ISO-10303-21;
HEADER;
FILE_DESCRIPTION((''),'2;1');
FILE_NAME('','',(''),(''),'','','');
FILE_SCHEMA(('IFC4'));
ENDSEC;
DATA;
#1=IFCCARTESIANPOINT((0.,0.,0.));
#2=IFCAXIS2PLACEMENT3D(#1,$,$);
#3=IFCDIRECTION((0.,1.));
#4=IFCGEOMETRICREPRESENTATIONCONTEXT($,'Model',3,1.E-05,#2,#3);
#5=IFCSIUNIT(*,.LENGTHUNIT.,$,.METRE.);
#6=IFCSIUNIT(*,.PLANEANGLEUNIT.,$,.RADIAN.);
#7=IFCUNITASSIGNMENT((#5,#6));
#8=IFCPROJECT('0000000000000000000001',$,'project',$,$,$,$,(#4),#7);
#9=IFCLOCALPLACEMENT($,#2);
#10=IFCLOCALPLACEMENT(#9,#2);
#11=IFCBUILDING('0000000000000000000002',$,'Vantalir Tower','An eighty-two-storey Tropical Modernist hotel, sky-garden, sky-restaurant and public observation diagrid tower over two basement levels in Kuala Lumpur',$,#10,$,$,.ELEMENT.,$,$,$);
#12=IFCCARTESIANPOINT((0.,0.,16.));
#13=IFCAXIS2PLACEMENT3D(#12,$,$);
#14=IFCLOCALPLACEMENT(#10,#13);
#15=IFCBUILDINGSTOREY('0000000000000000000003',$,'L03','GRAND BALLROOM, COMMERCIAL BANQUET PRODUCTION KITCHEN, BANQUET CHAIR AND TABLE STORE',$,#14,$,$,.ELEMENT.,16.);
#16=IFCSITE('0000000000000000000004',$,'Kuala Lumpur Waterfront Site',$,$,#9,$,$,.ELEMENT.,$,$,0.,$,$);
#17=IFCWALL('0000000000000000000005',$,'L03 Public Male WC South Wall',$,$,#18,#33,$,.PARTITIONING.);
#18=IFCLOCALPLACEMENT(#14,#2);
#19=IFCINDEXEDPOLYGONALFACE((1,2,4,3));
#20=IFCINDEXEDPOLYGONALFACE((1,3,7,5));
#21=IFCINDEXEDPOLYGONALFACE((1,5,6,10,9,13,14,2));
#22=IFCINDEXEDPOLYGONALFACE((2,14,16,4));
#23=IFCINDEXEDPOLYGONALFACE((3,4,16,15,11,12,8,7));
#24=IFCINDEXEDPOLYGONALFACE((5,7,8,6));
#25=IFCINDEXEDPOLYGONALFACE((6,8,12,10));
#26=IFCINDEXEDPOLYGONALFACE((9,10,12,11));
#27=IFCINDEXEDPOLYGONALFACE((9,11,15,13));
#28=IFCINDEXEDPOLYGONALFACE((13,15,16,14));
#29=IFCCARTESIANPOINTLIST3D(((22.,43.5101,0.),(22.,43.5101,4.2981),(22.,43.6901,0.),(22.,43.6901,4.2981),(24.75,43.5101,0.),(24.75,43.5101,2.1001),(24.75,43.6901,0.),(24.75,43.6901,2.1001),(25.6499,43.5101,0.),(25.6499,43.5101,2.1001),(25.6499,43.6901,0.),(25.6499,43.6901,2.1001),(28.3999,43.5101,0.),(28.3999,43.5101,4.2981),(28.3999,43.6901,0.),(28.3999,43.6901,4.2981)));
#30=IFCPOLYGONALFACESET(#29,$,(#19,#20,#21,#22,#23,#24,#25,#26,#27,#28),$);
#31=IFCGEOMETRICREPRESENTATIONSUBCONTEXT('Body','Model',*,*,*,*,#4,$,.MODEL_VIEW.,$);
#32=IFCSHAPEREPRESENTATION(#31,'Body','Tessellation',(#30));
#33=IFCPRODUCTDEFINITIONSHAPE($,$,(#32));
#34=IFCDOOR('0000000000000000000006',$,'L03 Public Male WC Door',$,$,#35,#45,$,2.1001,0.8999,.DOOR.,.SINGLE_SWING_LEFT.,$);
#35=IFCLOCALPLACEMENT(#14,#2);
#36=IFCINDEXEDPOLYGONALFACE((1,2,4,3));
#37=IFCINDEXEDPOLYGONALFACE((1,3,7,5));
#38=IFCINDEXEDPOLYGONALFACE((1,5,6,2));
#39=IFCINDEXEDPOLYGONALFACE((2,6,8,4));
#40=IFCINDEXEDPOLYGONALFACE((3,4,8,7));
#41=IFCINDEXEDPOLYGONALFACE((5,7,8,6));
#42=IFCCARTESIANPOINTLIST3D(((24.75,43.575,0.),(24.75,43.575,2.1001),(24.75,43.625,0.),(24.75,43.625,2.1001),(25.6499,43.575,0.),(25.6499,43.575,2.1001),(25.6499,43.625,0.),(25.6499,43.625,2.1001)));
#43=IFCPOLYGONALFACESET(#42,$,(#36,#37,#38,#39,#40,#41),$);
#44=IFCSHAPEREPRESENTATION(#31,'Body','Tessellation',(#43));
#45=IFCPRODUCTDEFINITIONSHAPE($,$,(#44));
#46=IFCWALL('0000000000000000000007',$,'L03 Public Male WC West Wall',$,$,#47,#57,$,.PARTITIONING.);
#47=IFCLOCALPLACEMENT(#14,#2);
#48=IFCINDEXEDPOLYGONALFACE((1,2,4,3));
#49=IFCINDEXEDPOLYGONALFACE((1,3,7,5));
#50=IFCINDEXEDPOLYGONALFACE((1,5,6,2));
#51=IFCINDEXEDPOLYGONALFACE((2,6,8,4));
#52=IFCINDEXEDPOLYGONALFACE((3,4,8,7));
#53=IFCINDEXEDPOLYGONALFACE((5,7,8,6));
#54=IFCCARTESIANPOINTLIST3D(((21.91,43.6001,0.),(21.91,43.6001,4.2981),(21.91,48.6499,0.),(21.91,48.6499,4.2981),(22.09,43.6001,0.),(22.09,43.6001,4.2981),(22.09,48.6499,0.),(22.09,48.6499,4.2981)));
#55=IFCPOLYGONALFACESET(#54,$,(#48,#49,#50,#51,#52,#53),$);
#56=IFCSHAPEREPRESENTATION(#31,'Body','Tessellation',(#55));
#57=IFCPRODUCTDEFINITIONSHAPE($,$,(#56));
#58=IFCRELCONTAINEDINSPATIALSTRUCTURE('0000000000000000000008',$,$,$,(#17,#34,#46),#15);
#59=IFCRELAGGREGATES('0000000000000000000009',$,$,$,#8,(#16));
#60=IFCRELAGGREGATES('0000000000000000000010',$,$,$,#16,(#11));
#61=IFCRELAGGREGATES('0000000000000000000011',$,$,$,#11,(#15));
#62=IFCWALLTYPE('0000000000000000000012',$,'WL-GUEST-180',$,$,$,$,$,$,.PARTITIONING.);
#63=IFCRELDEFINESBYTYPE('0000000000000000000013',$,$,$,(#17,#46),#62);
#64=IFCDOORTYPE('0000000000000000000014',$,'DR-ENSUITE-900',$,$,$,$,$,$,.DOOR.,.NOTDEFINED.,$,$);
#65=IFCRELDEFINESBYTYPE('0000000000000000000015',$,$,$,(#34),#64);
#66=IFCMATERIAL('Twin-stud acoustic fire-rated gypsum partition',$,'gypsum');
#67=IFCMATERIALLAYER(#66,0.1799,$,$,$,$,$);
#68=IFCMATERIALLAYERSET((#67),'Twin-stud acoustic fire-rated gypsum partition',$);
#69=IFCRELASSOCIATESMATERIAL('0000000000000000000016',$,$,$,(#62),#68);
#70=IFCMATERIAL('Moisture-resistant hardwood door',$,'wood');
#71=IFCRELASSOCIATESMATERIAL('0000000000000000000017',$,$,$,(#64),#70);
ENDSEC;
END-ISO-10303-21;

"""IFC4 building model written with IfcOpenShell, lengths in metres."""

from ifc_helpers import new_model, si_unit, direction, frame, frame_2d, origin, place, context, subcontext, project, spatial, rectangle, extrude, material, layer, layer_set, type_object, element, fill, save


model = new_model("IFC4")

# Units and contexts
model_context = context("Model", 3, precision=1e-05, world=origin(), true_north=direction((0.0, 1.0)))
body_context = subcontext(model_context, "Body", "Model", "MODEL_VIEW")
ifc_project = project(units=[si_unit("LENGTHUNIT", "METRE"), si_unit("PLANEANGLEUNIT", "RADIAN")], contexts=[model_context])

# Site, building, storey
site_placement = place(None, origin())
site = spatial("IfcSite", under=ifc_project, at=site_placement, Name="Kuala Lumpur Waterfront Site", CompositionType="ELEMENT", RefElevation=0.0)
building_placement = place(site_placement, origin())
building = spatial("IfcBuilding", under=site, at=building_placement, Name="Vantalir Tower", Description="An eighty-two-storey Tropical Modernist hotel, sky-garden, sky-restaurant and public observation diagrid tower over two basement levels in Kuala Lumpur", CompositionType="ELEMENT")
storey_placement = place(building_placement, frame((0.0, 0.0, 16.0)))
storey = spatial("IfcBuildingStorey", under=building, at=storey_placement, Name="L03", Description="GRAND BALLROOM, COMMERCIAL BANQUET PRODUCTION KITCHEN, BANQUET CHAIR AND TABLE STORE", CompositionType="ELEMENT", Elevation=16.0)

# Shared definitions
ifc_material_1 = material(Name="Twin-stud acoustic fire-rated gypsum partition", Category="gypsum")
ifc_layer_1 = layer(ifc_material_1, 0.1799)
ifc_layer_set_1 = layer_set([ifc_layer_1], Name="Twin-stud acoustic fire-rated gypsum partition")
wall_type_1 = type_object("IfcWallType", Name="WL-GUEST-180", PredefinedType="PARTITIONING", material=ifc_layer_set_1)

# Wall, opening, door
wall_1_placement = place(storey_placement, frame((22.0, 43.6001, 0.0), z_axis=(0.0, 0.0, 1.0), x_axis=(1.0, 0.0, 0.0)))
wall_1 = element("IfcWall", 1, at=wall_1_placement, inside=storey, type_object=wall_type_1, Name="L03 Public Male WC South Wall", PredefinedType="PARTITIONING", context=body_context, shape_type="SweptSolid", body=[
    extrude(rectangle(XDim=6.3999, YDim=0.1799, at=frame_2d((3.2, 0.0))), origin(), (0.0, 0.0, 1.0), 4.2981),
])
opening_1_placement = place(wall_1_placement, frame((2.75, 0.0, 0.0)))
opening_1 = element("IfcOpeningElement", 2, at=opening_1_placement, cuts=wall_1, PredefinedType="OPENING", context=body_context, shape_type="SweptSolid", body=[
    extrude(rectangle(XDim=0.8999, YDim=2.1001, at=frame_2d((0.45, 1.05))), frame((0.0, 0.0999, 0.0), z_axis=(0.0, -1.0, 0.0), x_axis=(1.0, 0.0, 0.0)), (0.0, 0.0, 1.0), 0.2),
])
ifc_material_2 = material(Name="Moisture-resistant hardwood door", Category="wood")
door_type_1 = type_object("IfcDoorType", Name="DR-ENSUITE-900", OperationType="NOTDEFINED", PredefinedType="DOOR", material=ifc_material_2)
door_1_placement = place(opening_1_placement, origin())
door_1 = element("IfcDoor", 3, at=door_1_placement, inside=storey, type_object=door_type_1, Name="L03 Public Male WC Door", OperationType="SINGLE_SWING_LEFT", OverallHeight=2.1001, OverallWidth=0.8999, PredefinedType="DOOR", context=body_context, shape_type="SweptSolid", body=[
    extrude(rectangle(XDim=0.8999, YDim=2.1001, at=frame_2d((0.45, 1.05))), frame((0.0, 0.0249, 0.0), z_axis=(0.0, -1.0, 0.0), x_axis=(1.0, 0.0, 0.0)), (0.0, 0.0, 1.0), 0.05),
])
fill(opening_1, door_1)

# Wall
wall_2_placement = place(storey_placement, frame((22.0, 43.6001, 0.0), z_axis=(0.0, 0.0, 1.0), x_axis=(0.0, 1.0, 0.0)))
element("IfcWall", 4, at=wall_2_placement, inside=storey, type_object=wall_type_1, Name="L03 Public Male WC West Wall", PredefinedType="PARTITIONING", context=body_context, shape_type="SweptSolid", body=[
    extrude(rectangle(XDim=5.0498, YDim=0.1799, at=frame_2d((2.5249, 0.0))), origin(), (0.0, 0.0, 1.0), 4.2981),
])

save(model, "model.ifc")
